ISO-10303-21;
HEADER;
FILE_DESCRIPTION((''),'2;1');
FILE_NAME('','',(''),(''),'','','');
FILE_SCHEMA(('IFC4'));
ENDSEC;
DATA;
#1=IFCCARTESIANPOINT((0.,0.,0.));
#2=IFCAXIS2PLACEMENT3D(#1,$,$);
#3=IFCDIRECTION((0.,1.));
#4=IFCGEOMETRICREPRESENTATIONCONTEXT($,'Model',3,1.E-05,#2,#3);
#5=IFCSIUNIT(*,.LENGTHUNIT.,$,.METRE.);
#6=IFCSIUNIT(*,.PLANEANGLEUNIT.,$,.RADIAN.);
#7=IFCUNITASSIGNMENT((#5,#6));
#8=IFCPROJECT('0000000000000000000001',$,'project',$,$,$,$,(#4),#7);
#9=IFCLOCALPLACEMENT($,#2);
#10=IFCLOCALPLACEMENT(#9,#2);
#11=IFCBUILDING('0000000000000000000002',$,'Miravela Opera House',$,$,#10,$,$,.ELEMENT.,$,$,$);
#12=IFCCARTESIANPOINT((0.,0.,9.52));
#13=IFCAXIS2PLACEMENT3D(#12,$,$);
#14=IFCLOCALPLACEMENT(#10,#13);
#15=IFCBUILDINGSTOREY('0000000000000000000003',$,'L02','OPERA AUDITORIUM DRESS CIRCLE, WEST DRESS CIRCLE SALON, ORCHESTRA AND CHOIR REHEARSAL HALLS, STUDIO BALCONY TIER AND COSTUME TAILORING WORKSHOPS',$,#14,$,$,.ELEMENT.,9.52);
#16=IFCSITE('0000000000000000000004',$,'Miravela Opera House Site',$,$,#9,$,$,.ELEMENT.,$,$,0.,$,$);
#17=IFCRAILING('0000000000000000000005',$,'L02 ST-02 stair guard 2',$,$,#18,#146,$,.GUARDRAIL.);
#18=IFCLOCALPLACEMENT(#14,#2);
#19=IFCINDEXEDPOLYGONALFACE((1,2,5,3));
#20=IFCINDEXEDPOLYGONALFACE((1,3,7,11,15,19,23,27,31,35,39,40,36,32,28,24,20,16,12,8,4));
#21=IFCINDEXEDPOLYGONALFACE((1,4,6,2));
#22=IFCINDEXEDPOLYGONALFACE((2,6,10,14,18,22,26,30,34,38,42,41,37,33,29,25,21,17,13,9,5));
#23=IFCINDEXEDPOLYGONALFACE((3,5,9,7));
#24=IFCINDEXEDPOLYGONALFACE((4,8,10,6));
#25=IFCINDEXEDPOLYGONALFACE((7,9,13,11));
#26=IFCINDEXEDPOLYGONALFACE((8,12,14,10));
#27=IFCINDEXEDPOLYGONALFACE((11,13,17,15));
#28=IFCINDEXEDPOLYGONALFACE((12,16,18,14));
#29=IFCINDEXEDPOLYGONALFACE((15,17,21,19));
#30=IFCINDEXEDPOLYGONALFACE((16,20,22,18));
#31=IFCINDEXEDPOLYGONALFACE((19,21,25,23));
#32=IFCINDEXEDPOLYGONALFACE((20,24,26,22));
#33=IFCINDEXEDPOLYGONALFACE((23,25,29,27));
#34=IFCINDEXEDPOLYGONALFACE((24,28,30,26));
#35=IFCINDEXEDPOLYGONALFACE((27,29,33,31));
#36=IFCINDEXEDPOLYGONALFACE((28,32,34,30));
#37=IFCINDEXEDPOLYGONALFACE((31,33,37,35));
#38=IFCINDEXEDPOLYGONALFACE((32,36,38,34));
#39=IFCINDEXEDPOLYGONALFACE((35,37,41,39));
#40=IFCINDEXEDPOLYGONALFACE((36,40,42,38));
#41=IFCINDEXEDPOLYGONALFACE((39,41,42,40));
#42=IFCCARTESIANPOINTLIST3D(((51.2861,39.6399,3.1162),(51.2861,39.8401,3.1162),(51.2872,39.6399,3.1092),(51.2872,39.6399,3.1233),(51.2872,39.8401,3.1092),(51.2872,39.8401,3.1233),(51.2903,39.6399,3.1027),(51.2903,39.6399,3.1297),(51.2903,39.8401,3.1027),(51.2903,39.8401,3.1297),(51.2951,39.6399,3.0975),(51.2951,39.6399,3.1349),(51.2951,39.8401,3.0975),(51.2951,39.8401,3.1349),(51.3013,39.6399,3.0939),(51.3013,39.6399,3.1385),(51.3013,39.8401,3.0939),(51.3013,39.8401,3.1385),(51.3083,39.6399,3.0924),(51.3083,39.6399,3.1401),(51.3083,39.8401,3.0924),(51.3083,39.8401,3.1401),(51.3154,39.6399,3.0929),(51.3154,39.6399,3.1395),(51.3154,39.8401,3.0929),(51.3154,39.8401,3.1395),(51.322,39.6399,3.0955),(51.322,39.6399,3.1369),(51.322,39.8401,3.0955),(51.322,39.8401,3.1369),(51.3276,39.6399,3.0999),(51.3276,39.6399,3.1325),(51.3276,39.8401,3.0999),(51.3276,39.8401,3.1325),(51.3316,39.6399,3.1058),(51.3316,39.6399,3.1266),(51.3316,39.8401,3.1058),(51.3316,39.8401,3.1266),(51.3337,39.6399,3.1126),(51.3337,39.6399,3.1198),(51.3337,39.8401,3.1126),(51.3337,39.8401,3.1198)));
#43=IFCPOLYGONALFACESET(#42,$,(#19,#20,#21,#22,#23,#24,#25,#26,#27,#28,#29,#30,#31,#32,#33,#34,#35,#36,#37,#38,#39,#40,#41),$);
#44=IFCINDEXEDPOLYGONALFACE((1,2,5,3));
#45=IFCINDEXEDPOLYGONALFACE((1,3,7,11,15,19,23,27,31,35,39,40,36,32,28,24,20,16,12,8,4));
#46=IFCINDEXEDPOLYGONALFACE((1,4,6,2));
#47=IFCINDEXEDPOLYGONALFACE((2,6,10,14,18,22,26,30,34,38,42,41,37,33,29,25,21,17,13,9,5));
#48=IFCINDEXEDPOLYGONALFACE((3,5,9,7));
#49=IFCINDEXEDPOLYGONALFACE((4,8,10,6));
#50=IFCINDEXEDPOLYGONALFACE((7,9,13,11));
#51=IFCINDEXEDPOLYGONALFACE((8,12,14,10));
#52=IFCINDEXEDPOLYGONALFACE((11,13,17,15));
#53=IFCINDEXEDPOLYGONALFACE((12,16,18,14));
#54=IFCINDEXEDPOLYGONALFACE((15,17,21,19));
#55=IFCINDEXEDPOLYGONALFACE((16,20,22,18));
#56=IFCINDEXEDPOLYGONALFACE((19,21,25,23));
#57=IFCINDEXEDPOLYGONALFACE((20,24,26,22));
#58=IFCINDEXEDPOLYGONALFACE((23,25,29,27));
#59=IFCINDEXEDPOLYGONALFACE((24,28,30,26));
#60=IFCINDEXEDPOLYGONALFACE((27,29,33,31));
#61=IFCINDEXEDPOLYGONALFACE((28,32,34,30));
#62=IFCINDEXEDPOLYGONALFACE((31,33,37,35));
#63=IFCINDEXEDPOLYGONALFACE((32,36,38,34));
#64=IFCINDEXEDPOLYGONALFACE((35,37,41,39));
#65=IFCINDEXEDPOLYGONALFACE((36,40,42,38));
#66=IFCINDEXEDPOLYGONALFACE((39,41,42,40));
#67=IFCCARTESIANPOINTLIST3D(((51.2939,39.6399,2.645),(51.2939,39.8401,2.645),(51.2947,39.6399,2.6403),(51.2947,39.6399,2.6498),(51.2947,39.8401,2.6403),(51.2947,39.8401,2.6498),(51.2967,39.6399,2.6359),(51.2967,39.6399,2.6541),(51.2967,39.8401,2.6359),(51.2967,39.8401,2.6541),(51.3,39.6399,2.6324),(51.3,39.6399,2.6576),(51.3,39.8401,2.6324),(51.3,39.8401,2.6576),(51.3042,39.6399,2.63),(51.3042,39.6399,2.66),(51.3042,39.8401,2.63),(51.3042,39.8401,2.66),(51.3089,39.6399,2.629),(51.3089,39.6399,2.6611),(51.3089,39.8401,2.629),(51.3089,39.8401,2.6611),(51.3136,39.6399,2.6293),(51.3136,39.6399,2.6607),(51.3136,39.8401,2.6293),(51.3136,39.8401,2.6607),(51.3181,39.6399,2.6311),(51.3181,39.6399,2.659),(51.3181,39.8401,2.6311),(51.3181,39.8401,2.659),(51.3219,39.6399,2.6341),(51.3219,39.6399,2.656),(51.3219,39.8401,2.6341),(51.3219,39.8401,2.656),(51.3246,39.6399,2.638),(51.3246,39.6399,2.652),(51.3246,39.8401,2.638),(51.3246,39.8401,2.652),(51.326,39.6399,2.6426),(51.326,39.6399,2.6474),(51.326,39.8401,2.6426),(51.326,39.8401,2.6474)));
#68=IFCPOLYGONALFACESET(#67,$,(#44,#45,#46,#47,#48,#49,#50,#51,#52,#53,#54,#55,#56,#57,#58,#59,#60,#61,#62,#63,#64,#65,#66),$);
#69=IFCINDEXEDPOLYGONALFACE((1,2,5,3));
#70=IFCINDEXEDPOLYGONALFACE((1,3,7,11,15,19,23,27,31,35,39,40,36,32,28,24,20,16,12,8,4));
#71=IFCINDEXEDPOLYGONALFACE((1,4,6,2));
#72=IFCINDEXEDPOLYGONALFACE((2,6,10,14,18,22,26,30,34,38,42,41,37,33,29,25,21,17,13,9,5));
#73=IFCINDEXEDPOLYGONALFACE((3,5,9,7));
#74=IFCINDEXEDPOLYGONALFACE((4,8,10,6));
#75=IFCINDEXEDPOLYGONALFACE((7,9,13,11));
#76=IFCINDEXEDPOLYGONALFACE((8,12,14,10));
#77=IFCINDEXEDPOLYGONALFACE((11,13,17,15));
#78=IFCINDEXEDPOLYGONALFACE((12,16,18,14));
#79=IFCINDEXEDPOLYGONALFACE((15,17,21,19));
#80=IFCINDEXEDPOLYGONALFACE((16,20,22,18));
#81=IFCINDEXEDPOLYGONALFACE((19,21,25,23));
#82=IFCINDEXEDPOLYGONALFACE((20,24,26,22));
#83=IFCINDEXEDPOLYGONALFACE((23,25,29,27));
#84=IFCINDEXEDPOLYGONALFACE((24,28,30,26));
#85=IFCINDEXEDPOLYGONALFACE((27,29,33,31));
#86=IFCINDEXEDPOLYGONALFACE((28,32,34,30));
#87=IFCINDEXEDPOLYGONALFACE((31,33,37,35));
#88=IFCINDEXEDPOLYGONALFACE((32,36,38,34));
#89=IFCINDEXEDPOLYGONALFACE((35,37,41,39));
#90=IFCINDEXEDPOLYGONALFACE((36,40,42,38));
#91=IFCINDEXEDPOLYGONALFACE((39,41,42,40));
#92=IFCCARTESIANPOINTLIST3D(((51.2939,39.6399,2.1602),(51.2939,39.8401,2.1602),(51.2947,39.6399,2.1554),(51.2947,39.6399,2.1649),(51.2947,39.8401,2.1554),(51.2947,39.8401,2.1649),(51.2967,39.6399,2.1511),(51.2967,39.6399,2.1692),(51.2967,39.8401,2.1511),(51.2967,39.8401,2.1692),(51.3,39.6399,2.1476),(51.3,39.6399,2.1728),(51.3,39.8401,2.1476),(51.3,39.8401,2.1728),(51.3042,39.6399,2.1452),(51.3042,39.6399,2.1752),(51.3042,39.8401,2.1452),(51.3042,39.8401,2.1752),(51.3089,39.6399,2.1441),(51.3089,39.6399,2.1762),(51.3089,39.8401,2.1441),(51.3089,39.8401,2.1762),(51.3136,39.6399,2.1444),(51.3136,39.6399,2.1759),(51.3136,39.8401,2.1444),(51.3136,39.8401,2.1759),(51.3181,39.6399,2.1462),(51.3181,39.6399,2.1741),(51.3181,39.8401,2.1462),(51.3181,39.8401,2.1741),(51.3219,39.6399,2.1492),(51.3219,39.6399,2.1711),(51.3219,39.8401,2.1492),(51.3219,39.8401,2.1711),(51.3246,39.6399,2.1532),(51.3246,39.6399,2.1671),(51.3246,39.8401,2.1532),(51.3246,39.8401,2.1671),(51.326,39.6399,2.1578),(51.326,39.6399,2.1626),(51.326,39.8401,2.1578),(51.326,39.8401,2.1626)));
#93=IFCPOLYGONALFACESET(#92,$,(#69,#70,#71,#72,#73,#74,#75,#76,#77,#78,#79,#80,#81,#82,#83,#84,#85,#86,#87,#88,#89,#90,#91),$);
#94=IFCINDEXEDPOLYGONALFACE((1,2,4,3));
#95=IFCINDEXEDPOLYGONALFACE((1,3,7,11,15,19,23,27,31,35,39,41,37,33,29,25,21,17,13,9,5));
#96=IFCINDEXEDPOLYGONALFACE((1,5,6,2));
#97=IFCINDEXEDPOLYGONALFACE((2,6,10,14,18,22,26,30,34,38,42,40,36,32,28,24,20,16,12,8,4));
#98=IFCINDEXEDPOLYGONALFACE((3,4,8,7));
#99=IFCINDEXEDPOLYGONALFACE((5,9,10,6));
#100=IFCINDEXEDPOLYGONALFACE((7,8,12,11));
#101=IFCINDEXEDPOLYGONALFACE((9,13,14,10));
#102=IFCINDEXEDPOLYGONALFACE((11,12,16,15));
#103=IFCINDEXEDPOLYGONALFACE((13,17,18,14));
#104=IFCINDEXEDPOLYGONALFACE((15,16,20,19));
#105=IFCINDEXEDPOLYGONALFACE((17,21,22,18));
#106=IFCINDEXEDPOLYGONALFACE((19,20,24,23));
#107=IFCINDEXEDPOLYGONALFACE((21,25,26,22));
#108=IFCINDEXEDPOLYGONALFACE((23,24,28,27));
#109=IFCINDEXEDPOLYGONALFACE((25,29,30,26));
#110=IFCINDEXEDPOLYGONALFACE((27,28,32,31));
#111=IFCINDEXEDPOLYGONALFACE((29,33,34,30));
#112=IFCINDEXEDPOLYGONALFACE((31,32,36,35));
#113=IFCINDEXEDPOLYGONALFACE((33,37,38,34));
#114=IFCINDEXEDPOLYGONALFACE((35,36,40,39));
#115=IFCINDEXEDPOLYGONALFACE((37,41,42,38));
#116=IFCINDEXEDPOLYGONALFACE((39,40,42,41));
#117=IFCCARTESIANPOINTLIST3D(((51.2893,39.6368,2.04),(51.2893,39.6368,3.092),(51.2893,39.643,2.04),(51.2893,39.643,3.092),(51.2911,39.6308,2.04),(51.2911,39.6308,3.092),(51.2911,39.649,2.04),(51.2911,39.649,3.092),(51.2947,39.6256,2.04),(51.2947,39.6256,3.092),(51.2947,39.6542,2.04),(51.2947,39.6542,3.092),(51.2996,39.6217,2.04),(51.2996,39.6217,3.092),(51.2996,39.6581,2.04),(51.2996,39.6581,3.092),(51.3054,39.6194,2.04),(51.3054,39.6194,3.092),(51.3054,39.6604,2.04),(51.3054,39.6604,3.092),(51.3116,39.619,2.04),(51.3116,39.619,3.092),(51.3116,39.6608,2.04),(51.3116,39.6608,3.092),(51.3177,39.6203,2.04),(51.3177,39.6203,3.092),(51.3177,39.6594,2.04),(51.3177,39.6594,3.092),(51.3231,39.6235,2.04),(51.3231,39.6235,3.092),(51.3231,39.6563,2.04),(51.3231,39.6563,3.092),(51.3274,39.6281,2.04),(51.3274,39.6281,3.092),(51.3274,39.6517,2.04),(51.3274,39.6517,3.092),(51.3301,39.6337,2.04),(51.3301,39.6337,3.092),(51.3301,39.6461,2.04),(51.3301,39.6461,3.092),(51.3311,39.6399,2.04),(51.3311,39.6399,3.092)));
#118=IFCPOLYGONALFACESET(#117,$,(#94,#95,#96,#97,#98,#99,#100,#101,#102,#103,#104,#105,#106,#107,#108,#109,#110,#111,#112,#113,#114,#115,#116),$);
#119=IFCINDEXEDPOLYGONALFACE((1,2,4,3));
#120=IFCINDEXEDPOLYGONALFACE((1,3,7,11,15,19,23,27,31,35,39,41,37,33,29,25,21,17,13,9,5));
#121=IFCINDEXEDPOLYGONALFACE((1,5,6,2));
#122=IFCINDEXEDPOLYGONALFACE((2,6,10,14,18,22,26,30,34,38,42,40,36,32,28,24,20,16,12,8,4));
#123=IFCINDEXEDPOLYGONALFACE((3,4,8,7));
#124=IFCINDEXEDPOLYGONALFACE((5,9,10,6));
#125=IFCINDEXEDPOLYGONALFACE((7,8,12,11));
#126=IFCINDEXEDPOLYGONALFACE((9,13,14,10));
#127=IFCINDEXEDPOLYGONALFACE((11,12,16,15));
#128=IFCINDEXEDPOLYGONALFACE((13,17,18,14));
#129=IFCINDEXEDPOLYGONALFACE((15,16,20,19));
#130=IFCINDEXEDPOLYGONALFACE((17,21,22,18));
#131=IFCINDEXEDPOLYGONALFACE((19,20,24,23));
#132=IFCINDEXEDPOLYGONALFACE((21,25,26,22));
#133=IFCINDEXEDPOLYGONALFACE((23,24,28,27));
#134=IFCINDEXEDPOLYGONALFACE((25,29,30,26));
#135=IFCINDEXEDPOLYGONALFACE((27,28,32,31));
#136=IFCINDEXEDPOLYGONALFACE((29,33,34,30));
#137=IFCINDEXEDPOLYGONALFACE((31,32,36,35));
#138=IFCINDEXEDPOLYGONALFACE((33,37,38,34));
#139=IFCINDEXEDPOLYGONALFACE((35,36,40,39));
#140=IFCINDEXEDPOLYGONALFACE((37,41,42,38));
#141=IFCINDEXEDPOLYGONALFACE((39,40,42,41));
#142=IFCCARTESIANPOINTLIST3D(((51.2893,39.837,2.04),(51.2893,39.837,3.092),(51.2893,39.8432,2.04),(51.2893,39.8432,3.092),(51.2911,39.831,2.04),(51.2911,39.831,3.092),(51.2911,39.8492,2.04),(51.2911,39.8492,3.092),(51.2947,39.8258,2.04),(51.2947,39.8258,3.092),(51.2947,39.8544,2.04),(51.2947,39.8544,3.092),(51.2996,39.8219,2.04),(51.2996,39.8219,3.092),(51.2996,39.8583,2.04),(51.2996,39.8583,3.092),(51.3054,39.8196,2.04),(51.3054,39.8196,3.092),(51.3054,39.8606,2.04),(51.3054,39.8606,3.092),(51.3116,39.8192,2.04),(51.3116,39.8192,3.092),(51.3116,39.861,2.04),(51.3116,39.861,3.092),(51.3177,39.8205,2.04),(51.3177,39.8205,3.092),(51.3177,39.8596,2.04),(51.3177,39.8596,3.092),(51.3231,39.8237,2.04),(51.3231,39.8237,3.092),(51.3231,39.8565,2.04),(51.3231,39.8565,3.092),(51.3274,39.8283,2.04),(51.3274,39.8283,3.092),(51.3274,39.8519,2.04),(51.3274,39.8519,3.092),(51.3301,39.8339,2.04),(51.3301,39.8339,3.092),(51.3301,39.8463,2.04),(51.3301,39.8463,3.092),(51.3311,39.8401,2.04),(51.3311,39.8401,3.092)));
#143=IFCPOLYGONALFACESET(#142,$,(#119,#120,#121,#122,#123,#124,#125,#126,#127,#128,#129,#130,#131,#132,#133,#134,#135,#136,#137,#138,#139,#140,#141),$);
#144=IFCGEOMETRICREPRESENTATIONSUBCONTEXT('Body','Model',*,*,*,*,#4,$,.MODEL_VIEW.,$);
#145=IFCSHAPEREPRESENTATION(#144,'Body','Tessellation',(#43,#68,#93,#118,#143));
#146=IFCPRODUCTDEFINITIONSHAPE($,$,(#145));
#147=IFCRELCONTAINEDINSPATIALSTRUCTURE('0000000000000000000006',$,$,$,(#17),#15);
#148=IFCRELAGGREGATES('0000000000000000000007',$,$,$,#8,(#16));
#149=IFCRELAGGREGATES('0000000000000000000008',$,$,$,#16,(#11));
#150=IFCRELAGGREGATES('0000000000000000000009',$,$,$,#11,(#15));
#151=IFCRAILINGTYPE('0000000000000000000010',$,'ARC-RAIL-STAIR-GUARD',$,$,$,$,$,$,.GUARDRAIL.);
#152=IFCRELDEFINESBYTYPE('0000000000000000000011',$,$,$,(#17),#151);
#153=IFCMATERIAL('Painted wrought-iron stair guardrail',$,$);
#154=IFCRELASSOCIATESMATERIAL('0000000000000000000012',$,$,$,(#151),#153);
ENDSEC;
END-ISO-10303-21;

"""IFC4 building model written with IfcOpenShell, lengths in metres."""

from ifc_helpers import new_model, si_unit, direction, frame, origin, origin_2d, place, context, subcontext, project, spatial, circle, extrude, material, type_object, element, save


model = new_model("IFC4")

# Units and contexts
model_context = context("Model", 3, precision=1e-05, world=origin(), true_north=direction((0.0, 1.0)))
body_context = subcontext(model_context, "Body", "Model", "MODEL_VIEW")
ifc_project = project(units=[si_unit("LENGTHUNIT", "METRE"), si_unit("PLANEANGLEUNIT", "RADIAN")], contexts=[model_context])

# Site, building, storey
site_placement = place(None, origin())
site = spatial("IfcSite", under=ifc_project, at=site_placement, Name="Miravela Opera House Site", CompositionType="ELEMENT", RefElevation=0.0)
building_placement = place(site_placement, origin())
building = spatial("IfcBuilding", under=site, at=building_placement, Name="Miravela Opera House", CompositionType="ELEMENT")
storey_placement = place(building_placement, frame((0.0, 0.0, 9.52)))
storey = spatial("IfcBuildingStorey", under=building, at=storey_placement, Name="L02", Description="OPERA AUDITORIUM DRESS CIRCLE, WEST DRESS CIRCLE SALON, ORCHESTRA AND CHOIR REHEARSAL HALLS, STUDIO BALCONY TIER AND COSTUME TAILORING WORKSHOPS", CompositionType="ELEMENT", Elevation=9.52)

# Railing
ifc_material_1 = material(Name="Painted wrought-iron stair guardrail")
railing_type_1 = type_object("IfcRailingType", Name="ARC-RAIL-STAIR-GUARD", PredefinedType="GUARDRAIL", material=ifc_material_1)
railing_1_placement = place(storey_placement, frame((51.3101, 39.6399, 2.04)))
element("IfcRailing", 1, at=railing_1_placement, inside=storey, type_object=railing_type_1, Name="L02 ST-02 stair guard 2", PredefinedType="GUARDRAIL", context=body_context, shape_type="SweptSolid", body=[
    extrude(circle(Radius=0.0239, at=origin_2d()), frame((0.0, 0.0, 1.0762), z_axis=(0.0, 1.0, 0.0), x_axis=(-1.0, 0.0, 0.0)), (0.0, 0.0, 1.0), 0.2002),
    extrude(circle(Radius=0.0161, at=origin_2d()), frame((0.0, 0.0, 0.605), z_axis=(0.0, 1.0, 0.0), x_axis=(-1.0, 0.0, 0.0)), (0.0, 0.0, 1.0), 0.2002),
    extrude(circle(Radius=0.0161, at=origin_2d()), frame((0.0, 0.0, 0.1201), z_axis=(0.0, 1.0, 0.0), x_axis=(-1.0, 0.0, 0.0)), (0.0, 0.0, 1.0), 0.2002),
    extrude(circle(Radius=0.021, at=origin_2d()), origin(), (0.0, 0.0, 1.0), 1.052),
    extrude(circle(Radius=0.021, at=origin_2d()), frame((0.0, 0.2002, 0.0)), (0.0, 0.0, 1.0), 1.052),
])

save(model, "model.ifc")
